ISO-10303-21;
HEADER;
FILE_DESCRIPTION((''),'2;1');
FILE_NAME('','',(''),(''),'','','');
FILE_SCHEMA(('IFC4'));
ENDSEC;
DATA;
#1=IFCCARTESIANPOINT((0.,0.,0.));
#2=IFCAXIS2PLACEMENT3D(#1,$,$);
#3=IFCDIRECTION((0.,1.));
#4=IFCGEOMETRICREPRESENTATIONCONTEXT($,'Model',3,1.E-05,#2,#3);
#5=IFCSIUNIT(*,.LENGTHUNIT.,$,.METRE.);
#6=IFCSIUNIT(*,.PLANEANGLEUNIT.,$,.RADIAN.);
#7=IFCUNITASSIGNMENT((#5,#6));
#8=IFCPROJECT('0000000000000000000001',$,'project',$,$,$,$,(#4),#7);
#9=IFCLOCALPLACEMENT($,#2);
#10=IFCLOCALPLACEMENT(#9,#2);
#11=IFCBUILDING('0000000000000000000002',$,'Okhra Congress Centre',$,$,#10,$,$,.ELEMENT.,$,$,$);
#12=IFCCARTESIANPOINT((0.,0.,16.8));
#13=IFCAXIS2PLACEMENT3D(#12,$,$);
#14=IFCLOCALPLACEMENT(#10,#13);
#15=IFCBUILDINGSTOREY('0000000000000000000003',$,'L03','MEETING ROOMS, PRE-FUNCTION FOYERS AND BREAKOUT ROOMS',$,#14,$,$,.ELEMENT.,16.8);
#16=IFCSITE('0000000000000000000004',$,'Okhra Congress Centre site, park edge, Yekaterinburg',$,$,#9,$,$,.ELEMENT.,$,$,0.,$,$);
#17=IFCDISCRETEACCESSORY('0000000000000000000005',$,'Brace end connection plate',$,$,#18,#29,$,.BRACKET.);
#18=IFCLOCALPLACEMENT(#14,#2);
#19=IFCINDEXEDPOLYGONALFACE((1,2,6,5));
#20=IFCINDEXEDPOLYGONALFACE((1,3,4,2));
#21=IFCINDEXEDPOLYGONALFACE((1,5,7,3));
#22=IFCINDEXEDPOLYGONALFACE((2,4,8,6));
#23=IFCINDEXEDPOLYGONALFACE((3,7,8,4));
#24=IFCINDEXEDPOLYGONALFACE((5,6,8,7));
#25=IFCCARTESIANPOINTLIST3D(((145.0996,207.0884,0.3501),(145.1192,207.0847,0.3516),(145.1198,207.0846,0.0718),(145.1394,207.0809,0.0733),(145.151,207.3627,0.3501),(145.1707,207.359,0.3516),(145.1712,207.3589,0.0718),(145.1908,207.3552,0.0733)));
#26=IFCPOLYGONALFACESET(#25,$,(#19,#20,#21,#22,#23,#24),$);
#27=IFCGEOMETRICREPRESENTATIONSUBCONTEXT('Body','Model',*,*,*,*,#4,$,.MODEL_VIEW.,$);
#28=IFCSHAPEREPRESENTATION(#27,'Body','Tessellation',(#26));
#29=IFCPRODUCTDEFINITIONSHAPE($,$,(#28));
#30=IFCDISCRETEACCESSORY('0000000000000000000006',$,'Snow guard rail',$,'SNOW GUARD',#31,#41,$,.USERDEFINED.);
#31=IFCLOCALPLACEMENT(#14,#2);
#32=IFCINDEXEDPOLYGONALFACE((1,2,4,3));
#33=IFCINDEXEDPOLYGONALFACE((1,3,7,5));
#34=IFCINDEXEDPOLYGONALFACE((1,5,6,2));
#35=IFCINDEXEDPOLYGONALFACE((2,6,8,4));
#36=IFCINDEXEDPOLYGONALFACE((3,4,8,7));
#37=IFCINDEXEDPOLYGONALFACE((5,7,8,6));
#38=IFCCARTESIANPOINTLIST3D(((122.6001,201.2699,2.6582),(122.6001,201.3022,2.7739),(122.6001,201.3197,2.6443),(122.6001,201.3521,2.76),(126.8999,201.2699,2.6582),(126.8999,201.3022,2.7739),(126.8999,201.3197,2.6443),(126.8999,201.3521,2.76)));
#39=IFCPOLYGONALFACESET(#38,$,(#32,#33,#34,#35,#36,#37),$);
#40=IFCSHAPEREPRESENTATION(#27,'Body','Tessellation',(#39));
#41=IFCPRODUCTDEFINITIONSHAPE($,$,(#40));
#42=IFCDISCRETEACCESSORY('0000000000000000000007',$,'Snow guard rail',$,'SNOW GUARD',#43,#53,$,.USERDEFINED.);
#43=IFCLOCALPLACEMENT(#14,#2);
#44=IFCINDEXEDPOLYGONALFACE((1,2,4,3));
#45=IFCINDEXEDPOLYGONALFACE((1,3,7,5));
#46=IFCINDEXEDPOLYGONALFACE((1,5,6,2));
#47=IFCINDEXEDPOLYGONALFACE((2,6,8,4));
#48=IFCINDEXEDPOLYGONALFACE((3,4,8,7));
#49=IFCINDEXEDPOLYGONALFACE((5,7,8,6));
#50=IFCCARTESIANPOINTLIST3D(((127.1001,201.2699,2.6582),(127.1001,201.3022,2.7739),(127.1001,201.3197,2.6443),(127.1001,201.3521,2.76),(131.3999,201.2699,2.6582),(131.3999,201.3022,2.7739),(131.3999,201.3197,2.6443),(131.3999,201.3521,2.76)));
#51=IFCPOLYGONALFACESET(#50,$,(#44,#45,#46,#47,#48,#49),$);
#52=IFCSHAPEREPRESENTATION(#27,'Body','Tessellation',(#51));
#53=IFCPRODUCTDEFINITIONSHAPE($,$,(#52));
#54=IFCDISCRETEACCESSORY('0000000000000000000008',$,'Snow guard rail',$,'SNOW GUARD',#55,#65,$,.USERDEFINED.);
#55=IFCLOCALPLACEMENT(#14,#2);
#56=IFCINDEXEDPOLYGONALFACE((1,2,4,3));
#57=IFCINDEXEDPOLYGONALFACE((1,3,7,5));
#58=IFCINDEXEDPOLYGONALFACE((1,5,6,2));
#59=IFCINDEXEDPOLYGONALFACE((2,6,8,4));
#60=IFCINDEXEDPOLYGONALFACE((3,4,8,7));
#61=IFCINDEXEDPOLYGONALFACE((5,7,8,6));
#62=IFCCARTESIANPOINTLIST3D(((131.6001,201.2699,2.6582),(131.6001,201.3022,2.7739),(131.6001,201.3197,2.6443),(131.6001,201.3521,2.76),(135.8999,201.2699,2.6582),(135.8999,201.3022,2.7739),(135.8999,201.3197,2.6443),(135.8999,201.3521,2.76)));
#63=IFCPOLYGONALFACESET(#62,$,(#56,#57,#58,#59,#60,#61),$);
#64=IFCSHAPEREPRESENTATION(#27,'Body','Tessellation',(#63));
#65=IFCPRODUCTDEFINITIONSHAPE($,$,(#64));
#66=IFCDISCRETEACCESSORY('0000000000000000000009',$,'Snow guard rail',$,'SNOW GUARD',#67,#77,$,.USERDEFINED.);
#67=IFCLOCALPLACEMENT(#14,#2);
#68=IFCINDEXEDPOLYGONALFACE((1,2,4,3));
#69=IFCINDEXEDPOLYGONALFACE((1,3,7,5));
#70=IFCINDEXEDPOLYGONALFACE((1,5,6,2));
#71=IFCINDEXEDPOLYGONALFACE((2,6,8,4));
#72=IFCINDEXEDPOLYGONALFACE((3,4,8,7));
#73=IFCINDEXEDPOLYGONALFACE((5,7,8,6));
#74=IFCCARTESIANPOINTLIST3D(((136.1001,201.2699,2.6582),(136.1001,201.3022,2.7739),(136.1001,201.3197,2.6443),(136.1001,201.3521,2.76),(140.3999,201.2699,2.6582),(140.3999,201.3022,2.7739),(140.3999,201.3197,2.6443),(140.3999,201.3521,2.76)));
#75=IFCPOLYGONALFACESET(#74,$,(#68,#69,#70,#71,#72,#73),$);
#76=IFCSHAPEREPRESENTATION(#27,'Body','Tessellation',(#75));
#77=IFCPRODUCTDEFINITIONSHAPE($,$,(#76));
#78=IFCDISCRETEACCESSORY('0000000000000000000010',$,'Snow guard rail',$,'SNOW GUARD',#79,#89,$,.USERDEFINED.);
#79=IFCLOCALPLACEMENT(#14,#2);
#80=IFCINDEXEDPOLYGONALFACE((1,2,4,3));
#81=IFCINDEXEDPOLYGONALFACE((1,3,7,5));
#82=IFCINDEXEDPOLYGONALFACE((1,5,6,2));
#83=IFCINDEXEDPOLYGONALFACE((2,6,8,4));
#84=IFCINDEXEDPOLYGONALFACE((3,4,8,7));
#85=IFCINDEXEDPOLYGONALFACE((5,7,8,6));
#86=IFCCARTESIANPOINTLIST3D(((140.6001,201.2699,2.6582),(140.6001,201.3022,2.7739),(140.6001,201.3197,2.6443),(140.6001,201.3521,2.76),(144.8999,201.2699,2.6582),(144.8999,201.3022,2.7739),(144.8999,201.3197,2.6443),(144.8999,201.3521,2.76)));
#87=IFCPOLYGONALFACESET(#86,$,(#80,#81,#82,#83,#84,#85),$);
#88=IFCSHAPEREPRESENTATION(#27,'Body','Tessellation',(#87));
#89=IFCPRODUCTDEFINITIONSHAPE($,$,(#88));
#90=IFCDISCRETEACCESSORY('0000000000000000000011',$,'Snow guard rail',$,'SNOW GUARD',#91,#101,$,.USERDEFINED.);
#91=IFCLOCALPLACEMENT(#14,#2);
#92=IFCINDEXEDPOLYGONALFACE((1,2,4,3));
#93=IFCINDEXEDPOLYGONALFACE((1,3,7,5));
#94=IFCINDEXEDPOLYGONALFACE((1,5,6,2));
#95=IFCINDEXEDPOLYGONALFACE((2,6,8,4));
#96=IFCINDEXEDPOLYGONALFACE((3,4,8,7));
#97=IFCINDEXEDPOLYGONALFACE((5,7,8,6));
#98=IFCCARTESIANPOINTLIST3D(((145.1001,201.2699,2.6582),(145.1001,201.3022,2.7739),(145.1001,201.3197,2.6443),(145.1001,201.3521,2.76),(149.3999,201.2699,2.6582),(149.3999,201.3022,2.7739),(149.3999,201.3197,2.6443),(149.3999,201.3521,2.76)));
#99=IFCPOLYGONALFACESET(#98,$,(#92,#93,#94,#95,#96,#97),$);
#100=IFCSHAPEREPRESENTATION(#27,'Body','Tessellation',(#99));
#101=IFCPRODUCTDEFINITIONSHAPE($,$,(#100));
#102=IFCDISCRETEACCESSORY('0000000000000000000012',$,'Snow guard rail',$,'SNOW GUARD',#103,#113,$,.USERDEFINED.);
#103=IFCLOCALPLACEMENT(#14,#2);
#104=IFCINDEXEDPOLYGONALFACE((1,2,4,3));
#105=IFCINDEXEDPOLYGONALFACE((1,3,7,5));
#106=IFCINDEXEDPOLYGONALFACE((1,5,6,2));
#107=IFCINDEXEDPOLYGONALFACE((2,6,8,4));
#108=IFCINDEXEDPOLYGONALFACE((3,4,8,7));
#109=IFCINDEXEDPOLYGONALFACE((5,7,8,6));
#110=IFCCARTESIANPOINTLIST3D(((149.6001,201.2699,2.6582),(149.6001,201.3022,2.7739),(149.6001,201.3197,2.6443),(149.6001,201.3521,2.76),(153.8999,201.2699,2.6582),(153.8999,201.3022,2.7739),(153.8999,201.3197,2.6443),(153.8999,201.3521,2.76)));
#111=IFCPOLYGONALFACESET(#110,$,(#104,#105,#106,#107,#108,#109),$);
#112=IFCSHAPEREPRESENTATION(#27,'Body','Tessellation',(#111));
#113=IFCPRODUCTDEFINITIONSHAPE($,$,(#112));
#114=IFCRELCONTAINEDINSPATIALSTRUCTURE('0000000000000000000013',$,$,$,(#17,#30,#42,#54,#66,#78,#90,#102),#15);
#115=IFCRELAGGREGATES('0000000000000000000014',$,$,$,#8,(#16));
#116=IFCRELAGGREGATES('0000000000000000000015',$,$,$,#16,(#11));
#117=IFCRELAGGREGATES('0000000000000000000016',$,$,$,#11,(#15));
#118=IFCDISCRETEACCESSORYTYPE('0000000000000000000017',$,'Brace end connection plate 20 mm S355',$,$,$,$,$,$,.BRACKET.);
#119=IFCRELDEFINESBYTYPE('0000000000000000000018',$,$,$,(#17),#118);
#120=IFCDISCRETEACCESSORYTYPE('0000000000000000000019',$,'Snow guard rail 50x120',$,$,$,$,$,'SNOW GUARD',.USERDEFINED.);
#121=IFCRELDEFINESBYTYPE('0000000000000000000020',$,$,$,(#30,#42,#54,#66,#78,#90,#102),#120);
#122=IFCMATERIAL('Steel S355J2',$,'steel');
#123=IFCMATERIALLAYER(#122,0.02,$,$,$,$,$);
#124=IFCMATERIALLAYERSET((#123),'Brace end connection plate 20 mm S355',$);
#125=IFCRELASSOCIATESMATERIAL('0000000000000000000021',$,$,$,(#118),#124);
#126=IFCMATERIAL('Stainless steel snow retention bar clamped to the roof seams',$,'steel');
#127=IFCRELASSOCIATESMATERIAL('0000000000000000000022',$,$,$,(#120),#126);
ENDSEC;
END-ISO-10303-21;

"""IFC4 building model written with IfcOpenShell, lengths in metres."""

from ifc_helpers import new_model, si_unit, direction, frame, origin, origin_2d, place, context, subcontext, project, spatial, polyline, rectangle, outline, extrude, material, layer, layer_set, type_object, element, save


model = new_model("IFC4")

# Units and contexts
model_context = context("Model", 3, precision=1e-05, world=origin(), true_north=direction((0.0, 1.0)))
body_context = subcontext(model_context, "Body", "Model", "MODEL_VIEW")
ifc_project = project(units=[si_unit("LENGTHUNIT", "METRE"), si_unit("PLANEANGLEUNIT", "RADIAN")], contexts=[model_context])

# Site, building, storey
site_placement = place(None, origin())
site = spatial("IfcSite", under=ifc_project, at=site_placement, Name="Okhra Congress Centre site, park edge, Yekaterinburg", CompositionType="ELEMENT", RefElevation=0.0)
building_placement = place(site_placement, origin())
building = spatial("IfcBuilding", under=site, at=building_placement, Name="Okhra Congress Centre", CompositionType="ELEMENT")
storey_placement = place(building_placement, frame((0.0, 0.0, 16.8)))
storey = spatial("IfcBuildingStorey", under=building, at=storey_placement, Name="L03", Description="MEETING ROOMS, PRE-FUNCTION FOYERS AND BREAKOUT ROOMS", CompositionType="ELEMENT", Elevation=16.8)

# Shared definitions
ifc_material_1 = material(Name="Steel S355J2", Category="steel")

# Discrete accessories
ifc_layer_1 = layer(ifc_material_1, 0.02)
ifc_layer_set_1 = layer_set([ifc_layer_1], Name="Brace end connection plate 20 mm S355")
discrete_accessory_type_1 = type_object("IfcDiscreteAccessoryType", Name="Brace end connection plate 20 mm S355", PredefinedType="BRACKET", material=ifc_layer_set_1)
discrete_accessory_placement = place(storey_placement, frame((145.155, 207.22, 0.2124), z_axis=(-0.980213, 0.18379, -0.073516), x_axis=(-0.184289, -0.982872, 0.0)))
element("IfcDiscreteAccessory", 1, at=discrete_accessory_placement, inside=storey, type_object=discrete_accessory_type_1, Name="Brace end connection plate", PredefinedType="BRACKET", context=body_context, shape_type="SweptSolid", body=[
    extrude(rectangle(XDim=0.2791, YDim=0.2791, at=origin_2d()), origin(), (0.0, 0.0, 1.0), 0.02),
])
ifc_material_2 = material(Name="Stainless steel snow retention bar clamped to the roof seams", Category="steel")
discrete_accessory_type_2 = type_object("IfcDiscreteAccessoryType", Name="Snow guard rail 50x120", ElementType="SNOW GUARD", PredefinedType="USERDEFINED", material=ifc_material_2)
for number, where, z_axis, x_axis, name in (
    (2, (122.6001, 201.3022, 2.7739), (0.0, 0.269105, 0.963111), (1.0, 0.0, 0.0), "Snow guard rail"),
    (3, (127.1001, 201.3022, 2.7739), (0.0, 0.269105, 0.963111), (1.0, 0.0, 0.0), "Snow guard rail"),
    (4, (131.6001, 201.3022, 2.7739), (0.0, 0.269105, 0.963111), (1.0, 0.0, 0.0), "Snow guard rail"),
    (5, (136.1001, 201.3022, 2.7739), (0.0, 0.269105, 0.963111), (1.0, 0.0, 0.0), "Snow guard rail"),
    (6, (140.6001, 201.3022, 2.7739), (0.0, 0.269105, 0.963111), (1.0, 0.0, 0.0), "Snow guard rail"),
    (7, (145.1001, 201.3022, 2.7739), (0.0, 0.269105, 0.963111), (1.0, 0.0, 0.0), "Snow guard rail"),
    (8, (149.6001, 201.3022, 2.7739), (0.0, 0.269105, 0.963111), (1.0, 0.0, 0.0), "Snow guard rail"),
):
    element("IfcDiscreteAccessory", number, at=place(storey_placement, frame(where, z_axis=z_axis, x_axis=x_axis)), inside=storey, type_object=discrete_accessory_type_2, Name=name, ObjectType="SNOW GUARD", PredefinedType="USERDEFINED", context=body_context, shape_type="SweptSolid", body=[
        extrude(outline(polyline([(0.0, 0.0), (4.2998, 0.0), (4.2998, 0.0517), (0.0, 0.0517), (0.0, 0.0)])), origin(), (0.0, 0.0, -1.0), 0.1201),
    ])

save(model, "model.ifc")
